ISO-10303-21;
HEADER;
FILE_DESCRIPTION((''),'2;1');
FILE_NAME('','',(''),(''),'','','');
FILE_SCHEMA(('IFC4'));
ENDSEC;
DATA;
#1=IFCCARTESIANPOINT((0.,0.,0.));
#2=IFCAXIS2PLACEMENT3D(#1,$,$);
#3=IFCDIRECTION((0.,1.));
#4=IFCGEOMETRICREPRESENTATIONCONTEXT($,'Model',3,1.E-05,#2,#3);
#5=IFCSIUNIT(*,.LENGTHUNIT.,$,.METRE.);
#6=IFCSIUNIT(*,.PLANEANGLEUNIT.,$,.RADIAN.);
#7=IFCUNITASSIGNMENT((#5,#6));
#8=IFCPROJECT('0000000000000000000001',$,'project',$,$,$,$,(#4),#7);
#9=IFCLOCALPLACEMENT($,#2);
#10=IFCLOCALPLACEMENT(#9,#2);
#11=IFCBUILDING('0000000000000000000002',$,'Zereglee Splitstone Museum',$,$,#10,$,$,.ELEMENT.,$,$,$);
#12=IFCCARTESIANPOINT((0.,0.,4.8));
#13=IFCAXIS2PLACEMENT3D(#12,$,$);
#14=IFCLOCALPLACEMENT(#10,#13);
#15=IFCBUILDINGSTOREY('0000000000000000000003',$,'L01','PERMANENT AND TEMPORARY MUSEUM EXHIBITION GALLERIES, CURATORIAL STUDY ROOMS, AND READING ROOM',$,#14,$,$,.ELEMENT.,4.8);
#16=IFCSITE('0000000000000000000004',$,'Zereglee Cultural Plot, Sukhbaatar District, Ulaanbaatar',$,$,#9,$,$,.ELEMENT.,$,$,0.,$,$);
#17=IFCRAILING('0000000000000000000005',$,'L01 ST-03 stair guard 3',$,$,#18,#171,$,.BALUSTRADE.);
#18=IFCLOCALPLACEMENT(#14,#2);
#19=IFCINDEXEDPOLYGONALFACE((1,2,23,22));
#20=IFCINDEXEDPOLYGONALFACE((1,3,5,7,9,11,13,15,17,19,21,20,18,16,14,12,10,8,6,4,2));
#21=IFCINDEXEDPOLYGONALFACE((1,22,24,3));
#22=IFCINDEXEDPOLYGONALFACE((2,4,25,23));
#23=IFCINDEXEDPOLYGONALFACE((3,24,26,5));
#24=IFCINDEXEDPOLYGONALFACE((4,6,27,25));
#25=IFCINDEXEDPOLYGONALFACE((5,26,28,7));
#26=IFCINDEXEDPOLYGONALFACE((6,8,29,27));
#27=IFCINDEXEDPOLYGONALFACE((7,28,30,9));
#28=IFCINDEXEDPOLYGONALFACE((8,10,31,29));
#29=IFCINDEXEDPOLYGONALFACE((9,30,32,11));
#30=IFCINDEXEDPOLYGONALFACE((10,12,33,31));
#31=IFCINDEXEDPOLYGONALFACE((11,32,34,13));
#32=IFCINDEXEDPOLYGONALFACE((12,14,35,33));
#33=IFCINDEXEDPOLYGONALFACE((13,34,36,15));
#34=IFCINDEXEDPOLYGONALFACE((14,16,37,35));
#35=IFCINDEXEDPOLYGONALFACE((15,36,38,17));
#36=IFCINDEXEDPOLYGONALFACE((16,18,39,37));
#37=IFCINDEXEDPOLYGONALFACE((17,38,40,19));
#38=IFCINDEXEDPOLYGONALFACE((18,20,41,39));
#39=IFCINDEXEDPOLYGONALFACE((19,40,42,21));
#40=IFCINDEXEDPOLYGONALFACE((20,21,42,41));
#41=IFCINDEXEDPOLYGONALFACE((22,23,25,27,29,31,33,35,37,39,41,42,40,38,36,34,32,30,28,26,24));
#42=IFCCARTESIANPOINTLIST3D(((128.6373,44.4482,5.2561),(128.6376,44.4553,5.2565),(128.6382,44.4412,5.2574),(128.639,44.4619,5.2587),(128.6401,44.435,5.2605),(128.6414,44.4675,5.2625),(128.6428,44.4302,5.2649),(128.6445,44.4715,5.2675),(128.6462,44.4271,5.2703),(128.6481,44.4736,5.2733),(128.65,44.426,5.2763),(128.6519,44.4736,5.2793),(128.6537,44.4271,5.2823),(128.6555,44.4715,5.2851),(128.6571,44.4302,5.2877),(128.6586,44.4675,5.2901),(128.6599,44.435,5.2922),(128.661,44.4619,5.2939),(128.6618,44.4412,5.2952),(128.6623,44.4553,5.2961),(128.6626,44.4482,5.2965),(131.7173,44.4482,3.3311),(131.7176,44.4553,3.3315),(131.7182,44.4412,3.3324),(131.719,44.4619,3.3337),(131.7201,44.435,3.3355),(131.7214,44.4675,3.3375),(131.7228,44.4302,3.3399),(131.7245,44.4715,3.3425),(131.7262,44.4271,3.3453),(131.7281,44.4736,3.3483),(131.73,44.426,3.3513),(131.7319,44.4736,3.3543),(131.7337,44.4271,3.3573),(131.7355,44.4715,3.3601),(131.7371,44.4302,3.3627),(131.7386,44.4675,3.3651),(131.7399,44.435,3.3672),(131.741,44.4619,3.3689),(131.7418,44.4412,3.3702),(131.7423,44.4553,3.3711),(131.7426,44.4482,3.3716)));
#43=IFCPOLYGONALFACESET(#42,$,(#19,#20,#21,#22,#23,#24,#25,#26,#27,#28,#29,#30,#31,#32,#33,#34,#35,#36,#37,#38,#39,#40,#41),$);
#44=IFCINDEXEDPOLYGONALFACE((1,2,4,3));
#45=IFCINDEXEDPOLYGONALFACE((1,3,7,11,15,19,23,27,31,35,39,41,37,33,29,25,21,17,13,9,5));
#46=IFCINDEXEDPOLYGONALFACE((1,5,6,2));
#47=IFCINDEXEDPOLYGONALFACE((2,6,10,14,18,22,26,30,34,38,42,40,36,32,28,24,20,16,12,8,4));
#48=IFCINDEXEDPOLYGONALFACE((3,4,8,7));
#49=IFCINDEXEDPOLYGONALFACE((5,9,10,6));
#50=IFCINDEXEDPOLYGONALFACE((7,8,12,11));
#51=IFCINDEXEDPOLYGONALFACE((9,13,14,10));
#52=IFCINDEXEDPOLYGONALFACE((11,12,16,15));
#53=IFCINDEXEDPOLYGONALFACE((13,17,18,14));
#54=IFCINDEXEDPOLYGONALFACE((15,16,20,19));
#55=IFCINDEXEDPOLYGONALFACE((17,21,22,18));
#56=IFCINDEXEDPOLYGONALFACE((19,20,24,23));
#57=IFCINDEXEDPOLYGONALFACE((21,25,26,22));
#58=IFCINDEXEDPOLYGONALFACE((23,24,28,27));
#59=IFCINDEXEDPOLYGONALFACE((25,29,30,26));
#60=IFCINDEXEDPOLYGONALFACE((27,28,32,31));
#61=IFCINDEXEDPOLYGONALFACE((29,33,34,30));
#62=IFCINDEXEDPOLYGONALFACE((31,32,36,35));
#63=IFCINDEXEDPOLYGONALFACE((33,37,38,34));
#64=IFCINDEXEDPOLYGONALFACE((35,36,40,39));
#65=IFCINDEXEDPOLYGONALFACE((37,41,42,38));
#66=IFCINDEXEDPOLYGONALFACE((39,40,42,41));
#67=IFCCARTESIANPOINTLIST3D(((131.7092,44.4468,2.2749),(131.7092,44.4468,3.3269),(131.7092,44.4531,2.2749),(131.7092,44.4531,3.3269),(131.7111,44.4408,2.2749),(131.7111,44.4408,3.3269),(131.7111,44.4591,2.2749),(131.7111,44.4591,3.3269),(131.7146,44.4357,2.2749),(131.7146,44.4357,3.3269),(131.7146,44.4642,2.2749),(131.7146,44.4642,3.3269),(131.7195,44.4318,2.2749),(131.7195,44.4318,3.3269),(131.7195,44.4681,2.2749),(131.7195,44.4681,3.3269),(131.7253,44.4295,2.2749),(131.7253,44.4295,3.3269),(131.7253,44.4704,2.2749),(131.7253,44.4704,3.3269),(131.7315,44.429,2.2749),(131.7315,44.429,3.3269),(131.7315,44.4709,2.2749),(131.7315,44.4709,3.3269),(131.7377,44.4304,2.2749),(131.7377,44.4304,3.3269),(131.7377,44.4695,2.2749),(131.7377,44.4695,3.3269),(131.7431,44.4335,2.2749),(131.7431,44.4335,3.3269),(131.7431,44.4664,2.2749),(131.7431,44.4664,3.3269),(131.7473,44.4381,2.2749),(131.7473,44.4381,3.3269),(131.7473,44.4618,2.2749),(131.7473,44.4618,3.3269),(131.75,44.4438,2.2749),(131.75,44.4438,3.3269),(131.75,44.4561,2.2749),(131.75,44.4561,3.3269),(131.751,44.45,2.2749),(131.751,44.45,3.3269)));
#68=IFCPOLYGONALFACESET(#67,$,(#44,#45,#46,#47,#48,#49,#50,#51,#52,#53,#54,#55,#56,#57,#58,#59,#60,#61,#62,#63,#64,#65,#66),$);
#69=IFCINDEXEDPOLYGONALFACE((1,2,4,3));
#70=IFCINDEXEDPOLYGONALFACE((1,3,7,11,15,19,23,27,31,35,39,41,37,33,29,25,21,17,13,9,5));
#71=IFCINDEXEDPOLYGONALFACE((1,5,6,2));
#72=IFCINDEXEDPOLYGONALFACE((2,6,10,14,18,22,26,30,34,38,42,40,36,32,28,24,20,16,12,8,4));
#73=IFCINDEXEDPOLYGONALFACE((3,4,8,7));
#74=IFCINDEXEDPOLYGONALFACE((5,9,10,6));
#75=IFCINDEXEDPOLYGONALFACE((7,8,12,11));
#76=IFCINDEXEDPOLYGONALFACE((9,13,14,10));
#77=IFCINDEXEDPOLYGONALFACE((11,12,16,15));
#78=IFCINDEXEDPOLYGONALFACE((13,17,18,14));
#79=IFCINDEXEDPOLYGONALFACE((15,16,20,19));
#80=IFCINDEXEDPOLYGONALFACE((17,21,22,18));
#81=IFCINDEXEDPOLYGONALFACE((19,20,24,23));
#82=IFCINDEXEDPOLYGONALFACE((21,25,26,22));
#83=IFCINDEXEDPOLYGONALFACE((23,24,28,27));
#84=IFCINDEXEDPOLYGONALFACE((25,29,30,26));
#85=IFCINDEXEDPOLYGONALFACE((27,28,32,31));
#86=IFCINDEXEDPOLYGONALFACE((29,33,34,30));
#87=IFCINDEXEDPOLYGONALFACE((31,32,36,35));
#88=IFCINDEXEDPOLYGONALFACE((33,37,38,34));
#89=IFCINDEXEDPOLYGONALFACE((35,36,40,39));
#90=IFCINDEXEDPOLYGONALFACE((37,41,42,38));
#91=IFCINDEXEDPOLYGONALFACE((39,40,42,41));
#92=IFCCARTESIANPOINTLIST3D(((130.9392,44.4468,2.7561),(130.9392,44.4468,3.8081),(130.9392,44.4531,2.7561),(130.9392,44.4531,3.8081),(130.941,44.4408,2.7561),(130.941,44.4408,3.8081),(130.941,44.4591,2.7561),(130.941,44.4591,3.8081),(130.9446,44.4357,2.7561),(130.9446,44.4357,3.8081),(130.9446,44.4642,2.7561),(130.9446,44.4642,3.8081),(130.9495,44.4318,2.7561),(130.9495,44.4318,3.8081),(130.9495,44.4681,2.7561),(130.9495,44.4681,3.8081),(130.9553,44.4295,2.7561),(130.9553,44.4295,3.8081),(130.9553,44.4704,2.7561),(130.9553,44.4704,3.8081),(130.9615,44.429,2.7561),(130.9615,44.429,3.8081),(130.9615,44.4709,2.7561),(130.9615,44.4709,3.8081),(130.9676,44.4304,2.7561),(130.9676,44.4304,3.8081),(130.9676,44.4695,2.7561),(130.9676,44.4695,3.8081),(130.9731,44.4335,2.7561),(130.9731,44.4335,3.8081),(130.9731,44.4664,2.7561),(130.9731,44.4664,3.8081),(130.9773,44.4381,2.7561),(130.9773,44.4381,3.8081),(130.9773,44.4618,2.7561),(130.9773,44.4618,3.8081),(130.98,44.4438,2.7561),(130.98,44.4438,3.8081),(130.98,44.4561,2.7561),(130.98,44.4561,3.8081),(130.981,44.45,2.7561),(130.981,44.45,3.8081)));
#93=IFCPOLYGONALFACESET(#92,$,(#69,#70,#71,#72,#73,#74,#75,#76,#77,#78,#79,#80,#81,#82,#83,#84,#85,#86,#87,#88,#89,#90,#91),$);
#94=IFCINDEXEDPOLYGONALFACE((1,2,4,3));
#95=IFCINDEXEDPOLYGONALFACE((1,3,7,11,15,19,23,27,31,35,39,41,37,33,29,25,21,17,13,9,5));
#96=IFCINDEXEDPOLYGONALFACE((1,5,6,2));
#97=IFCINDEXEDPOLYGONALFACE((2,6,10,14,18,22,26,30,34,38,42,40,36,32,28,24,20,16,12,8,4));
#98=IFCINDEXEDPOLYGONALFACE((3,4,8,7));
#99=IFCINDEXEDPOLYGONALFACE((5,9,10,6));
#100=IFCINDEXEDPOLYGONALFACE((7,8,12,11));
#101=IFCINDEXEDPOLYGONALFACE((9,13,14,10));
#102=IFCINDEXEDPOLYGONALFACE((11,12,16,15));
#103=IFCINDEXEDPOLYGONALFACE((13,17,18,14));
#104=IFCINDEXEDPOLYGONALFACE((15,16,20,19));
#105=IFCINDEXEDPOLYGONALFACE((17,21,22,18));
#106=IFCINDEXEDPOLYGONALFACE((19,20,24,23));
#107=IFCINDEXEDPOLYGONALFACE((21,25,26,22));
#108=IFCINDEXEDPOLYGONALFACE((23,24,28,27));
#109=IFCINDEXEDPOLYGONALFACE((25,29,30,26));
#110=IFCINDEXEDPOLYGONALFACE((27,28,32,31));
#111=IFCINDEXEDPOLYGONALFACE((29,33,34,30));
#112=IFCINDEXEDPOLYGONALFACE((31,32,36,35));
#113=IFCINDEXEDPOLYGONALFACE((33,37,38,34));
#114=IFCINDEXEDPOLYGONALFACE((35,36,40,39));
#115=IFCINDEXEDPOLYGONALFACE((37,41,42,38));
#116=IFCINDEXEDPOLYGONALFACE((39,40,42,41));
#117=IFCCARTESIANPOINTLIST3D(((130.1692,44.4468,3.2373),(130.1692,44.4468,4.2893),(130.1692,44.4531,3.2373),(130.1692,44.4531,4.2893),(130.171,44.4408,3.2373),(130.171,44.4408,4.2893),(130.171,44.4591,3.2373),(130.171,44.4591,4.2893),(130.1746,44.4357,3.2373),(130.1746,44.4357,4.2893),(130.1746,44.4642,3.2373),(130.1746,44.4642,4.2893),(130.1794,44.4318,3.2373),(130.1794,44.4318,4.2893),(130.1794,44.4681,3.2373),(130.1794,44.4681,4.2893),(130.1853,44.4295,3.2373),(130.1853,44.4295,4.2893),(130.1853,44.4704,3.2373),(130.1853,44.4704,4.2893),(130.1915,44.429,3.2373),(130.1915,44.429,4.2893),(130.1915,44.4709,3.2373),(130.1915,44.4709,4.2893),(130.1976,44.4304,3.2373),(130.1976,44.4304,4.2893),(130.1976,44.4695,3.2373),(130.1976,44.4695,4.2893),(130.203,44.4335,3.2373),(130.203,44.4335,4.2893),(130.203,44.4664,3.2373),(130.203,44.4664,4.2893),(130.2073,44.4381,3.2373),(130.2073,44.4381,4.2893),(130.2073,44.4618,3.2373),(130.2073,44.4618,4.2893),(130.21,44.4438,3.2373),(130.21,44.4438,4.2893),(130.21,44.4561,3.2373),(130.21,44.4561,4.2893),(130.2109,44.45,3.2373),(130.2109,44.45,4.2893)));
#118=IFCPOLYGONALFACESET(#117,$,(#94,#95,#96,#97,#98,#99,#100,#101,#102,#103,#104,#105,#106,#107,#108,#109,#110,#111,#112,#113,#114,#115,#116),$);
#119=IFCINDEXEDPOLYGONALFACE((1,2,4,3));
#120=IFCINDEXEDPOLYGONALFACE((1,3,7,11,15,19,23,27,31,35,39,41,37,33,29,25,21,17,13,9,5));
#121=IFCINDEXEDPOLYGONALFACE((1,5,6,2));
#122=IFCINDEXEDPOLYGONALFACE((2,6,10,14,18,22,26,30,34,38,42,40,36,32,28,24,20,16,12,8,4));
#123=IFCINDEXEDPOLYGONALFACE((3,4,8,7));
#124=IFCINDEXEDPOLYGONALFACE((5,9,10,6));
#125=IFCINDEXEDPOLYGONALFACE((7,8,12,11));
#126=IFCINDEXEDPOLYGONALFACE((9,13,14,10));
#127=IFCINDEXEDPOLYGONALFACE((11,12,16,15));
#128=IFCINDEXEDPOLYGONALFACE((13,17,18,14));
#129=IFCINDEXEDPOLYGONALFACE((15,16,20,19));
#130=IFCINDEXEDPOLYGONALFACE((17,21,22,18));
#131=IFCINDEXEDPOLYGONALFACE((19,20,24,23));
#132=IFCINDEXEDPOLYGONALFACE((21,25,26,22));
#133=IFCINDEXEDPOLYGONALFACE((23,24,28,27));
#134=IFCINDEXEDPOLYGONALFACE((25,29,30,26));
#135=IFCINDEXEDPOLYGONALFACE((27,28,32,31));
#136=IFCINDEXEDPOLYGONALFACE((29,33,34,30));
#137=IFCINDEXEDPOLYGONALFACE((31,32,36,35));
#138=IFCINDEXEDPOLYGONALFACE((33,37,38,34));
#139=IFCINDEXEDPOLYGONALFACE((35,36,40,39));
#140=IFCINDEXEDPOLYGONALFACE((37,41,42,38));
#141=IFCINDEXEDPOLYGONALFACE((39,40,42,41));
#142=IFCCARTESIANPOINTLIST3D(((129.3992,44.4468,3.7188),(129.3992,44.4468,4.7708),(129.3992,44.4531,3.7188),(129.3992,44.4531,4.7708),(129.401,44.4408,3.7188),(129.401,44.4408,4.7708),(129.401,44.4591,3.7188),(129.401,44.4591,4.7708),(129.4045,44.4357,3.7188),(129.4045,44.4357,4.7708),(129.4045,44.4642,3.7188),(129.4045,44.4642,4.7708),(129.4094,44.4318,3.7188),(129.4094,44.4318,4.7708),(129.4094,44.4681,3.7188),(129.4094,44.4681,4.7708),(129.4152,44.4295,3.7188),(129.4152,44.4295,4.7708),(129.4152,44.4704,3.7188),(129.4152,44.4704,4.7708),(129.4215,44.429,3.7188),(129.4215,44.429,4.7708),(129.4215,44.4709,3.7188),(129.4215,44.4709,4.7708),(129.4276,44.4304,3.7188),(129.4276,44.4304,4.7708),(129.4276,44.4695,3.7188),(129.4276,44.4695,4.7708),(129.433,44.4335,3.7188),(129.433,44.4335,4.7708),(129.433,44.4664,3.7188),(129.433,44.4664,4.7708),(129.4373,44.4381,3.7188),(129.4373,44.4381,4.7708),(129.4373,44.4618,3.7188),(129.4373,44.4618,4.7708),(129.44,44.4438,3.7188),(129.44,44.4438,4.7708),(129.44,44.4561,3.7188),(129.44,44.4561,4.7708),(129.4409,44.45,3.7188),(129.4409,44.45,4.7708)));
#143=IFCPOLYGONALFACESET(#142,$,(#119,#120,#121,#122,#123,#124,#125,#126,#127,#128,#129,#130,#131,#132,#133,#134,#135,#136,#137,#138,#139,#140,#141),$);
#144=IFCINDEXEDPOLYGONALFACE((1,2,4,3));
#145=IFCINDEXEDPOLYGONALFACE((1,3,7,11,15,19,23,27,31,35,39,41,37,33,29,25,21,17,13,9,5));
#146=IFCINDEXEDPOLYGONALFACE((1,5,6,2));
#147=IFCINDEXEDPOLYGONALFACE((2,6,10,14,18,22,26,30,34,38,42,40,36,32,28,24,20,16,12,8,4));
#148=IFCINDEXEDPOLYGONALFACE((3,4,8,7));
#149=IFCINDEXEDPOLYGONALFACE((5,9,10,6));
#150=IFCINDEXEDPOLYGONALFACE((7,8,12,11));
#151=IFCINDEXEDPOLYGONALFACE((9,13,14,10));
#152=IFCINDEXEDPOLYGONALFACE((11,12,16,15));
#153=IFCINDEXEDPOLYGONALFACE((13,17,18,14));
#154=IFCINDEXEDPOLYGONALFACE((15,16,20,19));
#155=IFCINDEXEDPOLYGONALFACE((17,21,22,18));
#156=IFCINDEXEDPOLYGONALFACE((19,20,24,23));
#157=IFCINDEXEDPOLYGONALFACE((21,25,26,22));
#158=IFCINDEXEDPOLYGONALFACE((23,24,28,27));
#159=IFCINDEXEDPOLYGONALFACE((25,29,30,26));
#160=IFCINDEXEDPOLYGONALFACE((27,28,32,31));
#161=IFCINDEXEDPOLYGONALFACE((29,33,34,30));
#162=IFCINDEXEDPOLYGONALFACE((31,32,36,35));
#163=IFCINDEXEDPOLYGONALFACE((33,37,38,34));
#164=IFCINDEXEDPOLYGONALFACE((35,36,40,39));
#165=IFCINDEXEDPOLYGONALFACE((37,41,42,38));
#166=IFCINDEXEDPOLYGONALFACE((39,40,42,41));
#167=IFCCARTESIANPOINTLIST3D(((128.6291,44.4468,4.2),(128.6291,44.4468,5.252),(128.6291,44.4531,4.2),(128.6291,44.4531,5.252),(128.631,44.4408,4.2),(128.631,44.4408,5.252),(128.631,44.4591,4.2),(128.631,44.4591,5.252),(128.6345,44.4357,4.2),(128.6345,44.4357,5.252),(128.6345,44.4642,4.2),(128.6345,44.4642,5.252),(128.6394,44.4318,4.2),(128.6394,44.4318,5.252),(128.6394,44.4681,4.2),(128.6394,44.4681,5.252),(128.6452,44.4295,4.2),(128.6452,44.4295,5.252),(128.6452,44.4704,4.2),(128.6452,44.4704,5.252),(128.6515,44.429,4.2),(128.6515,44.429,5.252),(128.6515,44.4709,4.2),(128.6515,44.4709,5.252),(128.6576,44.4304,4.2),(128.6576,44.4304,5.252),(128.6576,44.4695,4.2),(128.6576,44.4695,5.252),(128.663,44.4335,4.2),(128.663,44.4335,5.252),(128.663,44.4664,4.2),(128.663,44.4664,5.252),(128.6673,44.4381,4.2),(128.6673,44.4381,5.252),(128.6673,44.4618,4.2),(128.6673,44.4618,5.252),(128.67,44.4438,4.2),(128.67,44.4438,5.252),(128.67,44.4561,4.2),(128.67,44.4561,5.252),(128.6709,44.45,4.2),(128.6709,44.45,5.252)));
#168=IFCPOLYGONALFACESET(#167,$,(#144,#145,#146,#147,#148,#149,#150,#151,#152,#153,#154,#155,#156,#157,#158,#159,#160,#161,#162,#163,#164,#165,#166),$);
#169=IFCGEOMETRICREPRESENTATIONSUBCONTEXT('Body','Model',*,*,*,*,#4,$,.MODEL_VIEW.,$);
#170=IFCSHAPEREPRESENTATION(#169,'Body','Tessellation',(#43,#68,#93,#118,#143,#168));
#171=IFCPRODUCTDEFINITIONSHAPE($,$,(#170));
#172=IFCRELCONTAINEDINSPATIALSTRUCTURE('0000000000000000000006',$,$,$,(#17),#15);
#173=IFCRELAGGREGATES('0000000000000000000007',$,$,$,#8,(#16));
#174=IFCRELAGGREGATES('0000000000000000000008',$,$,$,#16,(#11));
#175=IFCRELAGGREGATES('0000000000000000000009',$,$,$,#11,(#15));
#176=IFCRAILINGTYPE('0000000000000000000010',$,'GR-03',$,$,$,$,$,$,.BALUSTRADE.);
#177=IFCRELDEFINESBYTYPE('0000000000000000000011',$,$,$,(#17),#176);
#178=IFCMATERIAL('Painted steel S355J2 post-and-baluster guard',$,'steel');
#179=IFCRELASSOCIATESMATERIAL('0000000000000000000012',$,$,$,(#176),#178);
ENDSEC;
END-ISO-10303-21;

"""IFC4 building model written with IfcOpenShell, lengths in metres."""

from ifc_helpers import new_model, si_unit, direction, frame, origin, origin_2d, place, context, subcontext, project, spatial, circle, extrude, material, type_object, element, save


model = new_model("IFC4")

# Units and contexts
model_context = context("Model", 3, precision=1e-05, world=origin(), true_north=direction((0.0, 1.0)))
body_context = subcontext(model_context, "Body", "Model", "MODEL_VIEW")
ifc_project = project(units=[si_unit("LENGTHUNIT", "METRE"), si_unit("PLANEANGLEUNIT", "RADIAN")], contexts=[model_context])

# Site, building, storey
site_placement = place(None, origin())
site = spatial("IfcSite", under=ifc_project, at=site_placement, Name="Zereglee Cultural Plot, Sukhbaatar District, Ulaanbaatar", CompositionType="ELEMENT", RefElevation=0.0)
building_placement = place(site_placement, origin())
building = spatial("IfcBuilding", under=site, at=building_placement, Name="Zereglee Splitstone Museum", CompositionType="ELEMENT")
storey_placement = place(building_placement, frame((0.0, 0.0, 4.8)))
storey = spatial("IfcBuildingStorey", under=building, at=storey_placement, Name="L01", Description="PERMANENT AND TEMPORARY MUSEUM EXHIBITION GALLERIES, CURATORIAL STUDY ROOMS, AND READING ROOM", CompositionType="ELEMENT", Elevation=4.8)

# Railing
ifc_material_1 = material(Name="Painted steel S355J2 post-and-baluster guard", Category="steel")
railing_type_1 = type_object("IfcRailingType", Name="GR-03", PredefinedType="BALUSTRADE", material=ifc_material_1)
railing_1_placement = place(storey_placement, frame((131.73, 44.45, 2.2749)))
element("IfcRailing", 1, at=railing_1_placement, inside=storey, type_object=railing_type_1, Name="L01 ST-03 stair guard 3", PredefinedType="BALUSTRADE", context=body_context, shape_type="SweptSolid", body=[
    extrude(circle(Radius=0.0239, at=origin_2d()), frame((0.0, 0.0, 1.0764), z_axis=(-0.847998, 0.0, 0.529999), x_axis=(0.0, -1.0, 0.0)), (0.0, 0.0, 1.0), 3.6321),
    extrude(circle(Radius=0.021, at=origin_2d()), origin(), (0.0, 0.0, 1.0), 1.052),
    extrude(circle(Radius=0.021, at=origin_2d()), frame((-0.77, 0.0, 0.4812)), (0.0, 0.0, 1.0), 1.052),
    extrude(circle(Radius=0.021, at=origin_2d()), frame((-1.54, 0.0, 0.9624)), (0.0, 0.0, 1.0), 1.052),
    extrude(circle(Radius=0.021, at=origin_2d()), frame((-2.3101, 0.0, 1.4438)), (0.0, 0.0, 1.0), 1.052),
    extrude(circle(Radius=0.021, at=origin_2d()), frame((-3.0801, 0.0, 1.925)), (0.0, 0.0, 1.0), 1.052),
])

save(model, "model.ifc")
